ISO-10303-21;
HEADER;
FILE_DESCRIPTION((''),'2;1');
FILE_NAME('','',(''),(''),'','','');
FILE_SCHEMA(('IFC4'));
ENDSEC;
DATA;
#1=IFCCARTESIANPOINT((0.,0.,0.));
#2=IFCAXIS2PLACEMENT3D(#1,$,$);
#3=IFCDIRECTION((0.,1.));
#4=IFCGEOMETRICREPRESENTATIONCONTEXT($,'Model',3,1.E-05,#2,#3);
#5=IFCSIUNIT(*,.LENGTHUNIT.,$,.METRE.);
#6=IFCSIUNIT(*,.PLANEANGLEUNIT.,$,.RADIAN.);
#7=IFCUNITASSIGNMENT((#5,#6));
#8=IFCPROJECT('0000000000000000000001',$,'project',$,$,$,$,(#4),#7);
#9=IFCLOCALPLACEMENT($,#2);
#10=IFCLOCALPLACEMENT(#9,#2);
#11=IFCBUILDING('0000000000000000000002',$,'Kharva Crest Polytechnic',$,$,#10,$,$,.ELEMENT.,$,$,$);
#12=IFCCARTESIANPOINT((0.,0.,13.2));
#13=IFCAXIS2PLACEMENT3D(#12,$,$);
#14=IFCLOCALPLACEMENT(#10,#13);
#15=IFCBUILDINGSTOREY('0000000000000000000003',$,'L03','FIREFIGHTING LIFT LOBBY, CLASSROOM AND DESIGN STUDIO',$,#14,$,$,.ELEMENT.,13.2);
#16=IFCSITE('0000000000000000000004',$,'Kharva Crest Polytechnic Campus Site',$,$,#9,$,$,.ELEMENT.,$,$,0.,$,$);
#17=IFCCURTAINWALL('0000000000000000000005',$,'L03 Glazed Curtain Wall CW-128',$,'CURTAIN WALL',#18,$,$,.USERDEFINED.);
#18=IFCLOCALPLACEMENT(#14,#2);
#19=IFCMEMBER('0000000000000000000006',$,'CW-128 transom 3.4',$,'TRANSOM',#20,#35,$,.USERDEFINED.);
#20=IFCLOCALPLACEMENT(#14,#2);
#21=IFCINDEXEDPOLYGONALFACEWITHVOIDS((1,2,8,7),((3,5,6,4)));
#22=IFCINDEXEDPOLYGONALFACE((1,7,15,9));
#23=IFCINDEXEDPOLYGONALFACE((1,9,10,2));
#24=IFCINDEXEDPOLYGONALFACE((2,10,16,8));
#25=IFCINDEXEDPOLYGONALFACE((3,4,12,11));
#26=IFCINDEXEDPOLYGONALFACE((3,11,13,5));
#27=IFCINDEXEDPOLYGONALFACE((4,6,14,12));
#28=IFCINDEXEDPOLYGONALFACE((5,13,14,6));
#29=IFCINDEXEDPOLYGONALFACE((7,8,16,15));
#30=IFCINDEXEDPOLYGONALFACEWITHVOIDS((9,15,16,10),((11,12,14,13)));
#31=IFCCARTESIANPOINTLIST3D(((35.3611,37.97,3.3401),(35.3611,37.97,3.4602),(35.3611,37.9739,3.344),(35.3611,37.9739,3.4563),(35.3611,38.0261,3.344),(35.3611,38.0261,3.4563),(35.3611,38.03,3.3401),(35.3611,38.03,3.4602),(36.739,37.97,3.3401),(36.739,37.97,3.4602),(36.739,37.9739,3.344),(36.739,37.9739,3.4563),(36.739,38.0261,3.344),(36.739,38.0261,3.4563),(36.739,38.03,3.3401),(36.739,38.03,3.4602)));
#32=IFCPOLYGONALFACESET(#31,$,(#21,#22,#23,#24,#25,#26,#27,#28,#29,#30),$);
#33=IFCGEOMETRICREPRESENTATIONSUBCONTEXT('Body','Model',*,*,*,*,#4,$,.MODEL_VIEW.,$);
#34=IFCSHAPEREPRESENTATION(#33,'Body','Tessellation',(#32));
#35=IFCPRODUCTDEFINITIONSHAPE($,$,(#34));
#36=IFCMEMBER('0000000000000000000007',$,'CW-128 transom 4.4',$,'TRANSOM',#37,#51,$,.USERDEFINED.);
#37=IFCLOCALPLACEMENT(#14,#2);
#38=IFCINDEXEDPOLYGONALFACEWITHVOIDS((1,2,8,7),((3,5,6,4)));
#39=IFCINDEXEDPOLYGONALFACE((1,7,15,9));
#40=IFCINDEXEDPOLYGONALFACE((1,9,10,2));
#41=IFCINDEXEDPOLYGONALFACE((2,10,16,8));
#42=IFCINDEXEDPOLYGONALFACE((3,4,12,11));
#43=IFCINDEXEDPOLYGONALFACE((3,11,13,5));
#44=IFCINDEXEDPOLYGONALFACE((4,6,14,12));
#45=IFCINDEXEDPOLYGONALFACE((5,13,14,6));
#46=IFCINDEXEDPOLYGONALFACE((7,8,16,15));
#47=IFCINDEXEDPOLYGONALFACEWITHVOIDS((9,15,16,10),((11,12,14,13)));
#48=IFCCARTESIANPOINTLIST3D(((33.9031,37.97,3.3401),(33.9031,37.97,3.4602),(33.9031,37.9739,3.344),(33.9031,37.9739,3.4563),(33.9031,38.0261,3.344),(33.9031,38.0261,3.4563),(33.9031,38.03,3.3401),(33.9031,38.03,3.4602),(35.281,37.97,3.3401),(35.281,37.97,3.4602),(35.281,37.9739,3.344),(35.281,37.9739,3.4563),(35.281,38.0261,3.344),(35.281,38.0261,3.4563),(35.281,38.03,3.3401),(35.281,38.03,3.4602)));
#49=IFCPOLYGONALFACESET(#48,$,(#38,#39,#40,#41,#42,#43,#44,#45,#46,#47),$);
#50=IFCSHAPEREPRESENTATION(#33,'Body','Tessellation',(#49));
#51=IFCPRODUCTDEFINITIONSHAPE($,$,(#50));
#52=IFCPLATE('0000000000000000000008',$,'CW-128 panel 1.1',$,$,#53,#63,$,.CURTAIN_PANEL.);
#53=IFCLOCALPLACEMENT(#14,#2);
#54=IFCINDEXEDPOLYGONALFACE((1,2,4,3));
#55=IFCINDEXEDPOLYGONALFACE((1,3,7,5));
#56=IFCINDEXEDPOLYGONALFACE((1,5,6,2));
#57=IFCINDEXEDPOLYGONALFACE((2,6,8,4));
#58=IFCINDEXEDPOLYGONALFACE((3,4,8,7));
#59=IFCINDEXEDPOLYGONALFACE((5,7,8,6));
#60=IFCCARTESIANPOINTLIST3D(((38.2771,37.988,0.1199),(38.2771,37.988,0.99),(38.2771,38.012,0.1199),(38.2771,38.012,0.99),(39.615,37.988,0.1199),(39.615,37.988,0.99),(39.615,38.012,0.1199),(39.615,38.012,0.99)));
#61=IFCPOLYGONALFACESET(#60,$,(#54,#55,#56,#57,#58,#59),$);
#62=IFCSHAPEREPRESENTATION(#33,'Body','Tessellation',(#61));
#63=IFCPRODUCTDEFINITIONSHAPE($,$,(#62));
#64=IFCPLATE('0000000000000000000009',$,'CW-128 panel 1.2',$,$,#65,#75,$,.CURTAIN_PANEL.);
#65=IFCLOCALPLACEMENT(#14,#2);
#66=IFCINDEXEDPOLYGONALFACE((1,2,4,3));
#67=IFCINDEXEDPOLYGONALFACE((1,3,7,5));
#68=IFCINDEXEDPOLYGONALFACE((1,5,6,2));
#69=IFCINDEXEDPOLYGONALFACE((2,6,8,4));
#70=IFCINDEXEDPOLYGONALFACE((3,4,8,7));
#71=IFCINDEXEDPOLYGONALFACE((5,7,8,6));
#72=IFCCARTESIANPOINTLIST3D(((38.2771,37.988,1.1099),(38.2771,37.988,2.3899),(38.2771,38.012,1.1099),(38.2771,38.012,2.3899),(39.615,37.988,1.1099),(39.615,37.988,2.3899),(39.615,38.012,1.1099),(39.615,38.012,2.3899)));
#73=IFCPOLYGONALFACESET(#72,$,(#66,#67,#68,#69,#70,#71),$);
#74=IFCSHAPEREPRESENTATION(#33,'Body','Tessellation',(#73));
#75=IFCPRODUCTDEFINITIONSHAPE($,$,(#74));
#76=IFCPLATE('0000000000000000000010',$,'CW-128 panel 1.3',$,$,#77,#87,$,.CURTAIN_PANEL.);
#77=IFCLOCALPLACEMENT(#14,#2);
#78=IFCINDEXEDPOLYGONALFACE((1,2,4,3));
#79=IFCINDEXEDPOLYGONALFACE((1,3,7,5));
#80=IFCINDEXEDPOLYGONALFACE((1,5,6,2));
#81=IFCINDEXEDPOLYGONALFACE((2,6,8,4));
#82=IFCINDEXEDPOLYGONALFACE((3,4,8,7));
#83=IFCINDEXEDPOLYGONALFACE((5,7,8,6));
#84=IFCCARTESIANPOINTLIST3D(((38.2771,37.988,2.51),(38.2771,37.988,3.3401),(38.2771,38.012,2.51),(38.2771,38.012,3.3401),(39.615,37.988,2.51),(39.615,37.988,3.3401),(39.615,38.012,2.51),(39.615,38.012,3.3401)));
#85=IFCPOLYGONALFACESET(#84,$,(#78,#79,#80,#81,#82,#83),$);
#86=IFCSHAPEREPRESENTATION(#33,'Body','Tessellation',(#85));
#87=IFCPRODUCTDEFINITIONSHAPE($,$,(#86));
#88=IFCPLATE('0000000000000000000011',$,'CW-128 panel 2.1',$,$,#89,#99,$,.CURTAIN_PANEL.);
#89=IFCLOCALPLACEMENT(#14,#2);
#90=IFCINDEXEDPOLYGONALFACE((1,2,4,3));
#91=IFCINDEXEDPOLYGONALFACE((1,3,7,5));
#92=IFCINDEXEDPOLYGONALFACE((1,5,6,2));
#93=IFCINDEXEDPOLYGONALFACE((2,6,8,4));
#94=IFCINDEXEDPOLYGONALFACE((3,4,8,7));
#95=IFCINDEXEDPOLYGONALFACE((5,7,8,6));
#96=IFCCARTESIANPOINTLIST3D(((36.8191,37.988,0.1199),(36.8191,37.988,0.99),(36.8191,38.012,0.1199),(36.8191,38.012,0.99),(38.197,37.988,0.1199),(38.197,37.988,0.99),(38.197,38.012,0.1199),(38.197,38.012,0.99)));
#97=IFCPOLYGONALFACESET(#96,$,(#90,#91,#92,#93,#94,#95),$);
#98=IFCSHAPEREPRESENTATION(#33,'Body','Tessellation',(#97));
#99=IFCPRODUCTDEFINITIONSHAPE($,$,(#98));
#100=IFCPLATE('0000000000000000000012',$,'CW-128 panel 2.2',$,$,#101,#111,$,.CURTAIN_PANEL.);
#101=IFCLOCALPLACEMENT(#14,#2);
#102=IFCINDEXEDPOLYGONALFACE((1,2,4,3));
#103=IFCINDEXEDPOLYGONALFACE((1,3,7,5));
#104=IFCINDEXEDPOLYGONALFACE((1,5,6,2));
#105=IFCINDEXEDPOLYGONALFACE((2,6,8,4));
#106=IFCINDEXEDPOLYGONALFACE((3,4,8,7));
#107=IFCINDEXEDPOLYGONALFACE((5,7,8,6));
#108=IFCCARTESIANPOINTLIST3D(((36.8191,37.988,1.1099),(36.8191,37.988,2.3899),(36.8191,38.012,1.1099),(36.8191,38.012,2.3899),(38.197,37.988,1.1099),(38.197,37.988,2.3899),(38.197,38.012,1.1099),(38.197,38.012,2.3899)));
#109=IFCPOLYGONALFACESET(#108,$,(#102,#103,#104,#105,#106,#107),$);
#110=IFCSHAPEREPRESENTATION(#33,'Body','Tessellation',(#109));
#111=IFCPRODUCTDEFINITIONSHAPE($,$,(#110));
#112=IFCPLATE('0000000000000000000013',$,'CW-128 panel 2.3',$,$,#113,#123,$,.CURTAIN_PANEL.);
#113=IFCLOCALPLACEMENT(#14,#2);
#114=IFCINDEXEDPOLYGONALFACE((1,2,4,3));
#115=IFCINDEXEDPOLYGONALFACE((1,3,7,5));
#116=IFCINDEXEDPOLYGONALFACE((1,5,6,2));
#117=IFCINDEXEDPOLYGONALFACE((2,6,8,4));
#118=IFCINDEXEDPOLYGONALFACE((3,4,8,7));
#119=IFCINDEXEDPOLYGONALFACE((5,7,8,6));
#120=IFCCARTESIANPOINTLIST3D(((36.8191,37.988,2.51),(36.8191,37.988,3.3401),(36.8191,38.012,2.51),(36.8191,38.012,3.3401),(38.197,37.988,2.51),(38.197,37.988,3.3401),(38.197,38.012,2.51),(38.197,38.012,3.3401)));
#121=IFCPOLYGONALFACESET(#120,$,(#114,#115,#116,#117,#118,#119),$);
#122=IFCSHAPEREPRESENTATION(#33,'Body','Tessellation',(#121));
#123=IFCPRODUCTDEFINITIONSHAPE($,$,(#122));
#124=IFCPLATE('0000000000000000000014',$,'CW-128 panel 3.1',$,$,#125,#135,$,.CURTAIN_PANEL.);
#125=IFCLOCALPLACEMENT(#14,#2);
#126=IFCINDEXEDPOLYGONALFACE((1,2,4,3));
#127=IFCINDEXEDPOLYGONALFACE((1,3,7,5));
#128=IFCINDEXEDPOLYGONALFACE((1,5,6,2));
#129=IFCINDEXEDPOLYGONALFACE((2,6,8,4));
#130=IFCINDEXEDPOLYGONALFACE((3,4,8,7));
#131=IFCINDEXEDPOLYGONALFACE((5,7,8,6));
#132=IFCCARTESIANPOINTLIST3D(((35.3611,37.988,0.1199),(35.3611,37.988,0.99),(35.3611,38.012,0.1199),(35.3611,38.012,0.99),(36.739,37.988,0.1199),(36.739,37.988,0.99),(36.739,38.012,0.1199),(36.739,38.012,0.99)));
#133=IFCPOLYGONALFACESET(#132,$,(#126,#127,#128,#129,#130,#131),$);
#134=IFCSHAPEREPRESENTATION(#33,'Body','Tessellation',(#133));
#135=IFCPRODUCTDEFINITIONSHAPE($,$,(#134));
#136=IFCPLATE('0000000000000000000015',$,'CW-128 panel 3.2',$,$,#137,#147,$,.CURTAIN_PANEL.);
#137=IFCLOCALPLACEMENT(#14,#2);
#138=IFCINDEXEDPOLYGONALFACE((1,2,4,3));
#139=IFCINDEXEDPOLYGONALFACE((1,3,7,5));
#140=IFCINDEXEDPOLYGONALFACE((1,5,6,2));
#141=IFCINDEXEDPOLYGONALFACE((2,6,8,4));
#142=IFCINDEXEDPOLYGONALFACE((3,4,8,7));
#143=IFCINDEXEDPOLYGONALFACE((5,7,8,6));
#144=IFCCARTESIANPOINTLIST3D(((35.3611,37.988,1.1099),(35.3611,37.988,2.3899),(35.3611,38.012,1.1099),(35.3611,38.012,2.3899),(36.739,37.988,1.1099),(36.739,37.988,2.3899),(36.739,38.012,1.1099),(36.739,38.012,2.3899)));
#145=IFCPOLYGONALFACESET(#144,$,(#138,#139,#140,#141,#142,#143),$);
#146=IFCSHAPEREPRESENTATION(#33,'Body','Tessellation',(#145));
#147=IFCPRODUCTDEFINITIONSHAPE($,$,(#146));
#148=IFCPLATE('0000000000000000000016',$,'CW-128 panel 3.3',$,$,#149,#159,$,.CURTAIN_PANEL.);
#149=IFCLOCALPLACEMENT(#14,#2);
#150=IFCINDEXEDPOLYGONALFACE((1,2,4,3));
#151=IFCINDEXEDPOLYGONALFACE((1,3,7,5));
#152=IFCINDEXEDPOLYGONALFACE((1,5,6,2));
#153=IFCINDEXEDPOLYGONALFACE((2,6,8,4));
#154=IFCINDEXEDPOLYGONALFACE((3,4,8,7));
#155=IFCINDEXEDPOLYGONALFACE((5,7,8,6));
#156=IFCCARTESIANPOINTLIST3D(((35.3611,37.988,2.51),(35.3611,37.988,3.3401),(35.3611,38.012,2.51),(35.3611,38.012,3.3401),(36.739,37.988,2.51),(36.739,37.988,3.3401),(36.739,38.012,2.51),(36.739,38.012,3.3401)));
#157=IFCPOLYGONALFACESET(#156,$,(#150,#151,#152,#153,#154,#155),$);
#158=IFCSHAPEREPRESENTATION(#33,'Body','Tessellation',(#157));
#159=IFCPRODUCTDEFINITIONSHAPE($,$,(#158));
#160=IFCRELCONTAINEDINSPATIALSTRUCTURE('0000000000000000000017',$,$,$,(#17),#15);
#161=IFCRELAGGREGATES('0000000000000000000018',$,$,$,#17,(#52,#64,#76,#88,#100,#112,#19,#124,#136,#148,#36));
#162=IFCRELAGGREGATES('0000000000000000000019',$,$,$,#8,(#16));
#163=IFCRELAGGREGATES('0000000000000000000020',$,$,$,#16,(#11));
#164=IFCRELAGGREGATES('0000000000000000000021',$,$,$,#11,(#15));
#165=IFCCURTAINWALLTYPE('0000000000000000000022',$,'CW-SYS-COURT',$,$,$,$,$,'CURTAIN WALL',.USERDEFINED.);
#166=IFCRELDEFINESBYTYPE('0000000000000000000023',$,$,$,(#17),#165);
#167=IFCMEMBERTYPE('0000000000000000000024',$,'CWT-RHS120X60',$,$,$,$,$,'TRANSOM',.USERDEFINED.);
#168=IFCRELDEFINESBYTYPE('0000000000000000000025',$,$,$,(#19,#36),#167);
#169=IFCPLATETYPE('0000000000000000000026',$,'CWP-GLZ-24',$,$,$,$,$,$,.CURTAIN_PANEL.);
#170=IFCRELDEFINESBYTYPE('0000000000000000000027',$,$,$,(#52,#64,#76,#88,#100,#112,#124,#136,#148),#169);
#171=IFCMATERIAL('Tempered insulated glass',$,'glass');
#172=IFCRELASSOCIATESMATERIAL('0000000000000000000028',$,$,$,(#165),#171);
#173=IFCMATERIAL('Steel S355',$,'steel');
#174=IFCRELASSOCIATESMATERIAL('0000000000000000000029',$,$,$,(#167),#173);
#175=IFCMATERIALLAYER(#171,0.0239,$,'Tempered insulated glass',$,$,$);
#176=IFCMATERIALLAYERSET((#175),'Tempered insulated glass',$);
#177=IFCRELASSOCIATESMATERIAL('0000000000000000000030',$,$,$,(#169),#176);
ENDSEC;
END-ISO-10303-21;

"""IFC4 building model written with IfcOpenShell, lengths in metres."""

from ifc_helpers import new_model, si_unit, direction, frame, origin, origin_2d, place, context, subcontext, project, spatial, rectangle, hollow_rectangle, extrude, material, layer, layer_set, material_profile, profile_set, type_object, element, aggregate, save


model = new_model("IFC4")

# Units and contexts
model_context = context("Model", 3, precision=1e-05, world=origin(), true_north=direction((0.0, 1.0)))
body_context = subcontext(model_context, "Body", "Model", "MODEL_VIEW")
ifc_project = project(units=[si_unit("LENGTHUNIT", "METRE"), si_unit("PLANEANGLEUNIT", "RADIAN")], contexts=[model_context])

# Site, building, storey
site_placement = place(None, origin())
site = spatial("IfcSite", under=ifc_project, at=site_placement, Name="Kharva Crest Polytechnic Campus Site", CompositionType="ELEMENT", RefElevation=0.0)
building_placement = place(site_placement, origin())
building = spatial("IfcBuilding", under=site, at=building_placement, Name="Kharva Crest Polytechnic", CompositionType="ELEMENT")
storey_placement = place(building_placement, frame((0.0, 0.0, 13.2)))
storey = spatial("IfcBuildingStorey", under=building, at=storey_placement, Name="L03", Description="FIREFIGHTING LIFT LOBBY, CLASSROOM AND DESIGN STUDIO", CompositionType="ELEMENT", Elevation=13.2)

# Curtain wall, members, plates
ifc_material_1 = material(Name="Tempered insulated glass", Category="glass")
curtain_wall_type = type_object("IfcCurtainWallType", Name="CW-SYS-COURT", ElementType="CURTAIN WALL", PredefinedType="USERDEFINED", material=ifc_material_1)
curtain_wall_placement = place(storey_placement, origin())
curtain_wall = element("IfcCurtainWall", 1, at=curtain_wall_placement, inside=storey, type_object=curtain_wall_type, Name="L03 Glazed Curtain Wall CW-128", ObjectType="CURTAIN WALL", PredefinedType="USERDEFINED")
ifc_material_2 = material(Name="Steel S355", Category="steel")
ifc_material_profile_1 = material_profile(ifc_material_2, hollow_rectangle(XDim=0.0601, YDim=0.1201, WallThickness=0.0039, at=origin_2d()), Name="RHS 120X60X4.0")
ifc_profile_set_1 = profile_set([ifc_material_profile_1], Name="Steel S355")
member_type_1 = type_object("IfcMemberType", Name="CWT-RHS120X60", ElementType="TRANSOM", PredefinedType="USERDEFINED", material=ifc_profile_set_1)
member_1_placement = place(storey_placement, frame((36.739, 38.0, 3.4001), z_axis=(-1.0, 0.0, 0.0), x_axis=(0.0, -1.0, 0.0)))
member_1 = element("IfcMember", 2, at=member_1_placement, type_object=member_type_1, Name="CW-128 transom 3.4", ObjectType="TRANSOM", PredefinedType="USERDEFINED", context=body_context, shape_type="SweptSolid", body=[
    extrude(hollow_rectangle(XDim=0.0601, YDim=0.1201, WallThickness=0.0039, at=origin_2d()), origin(), (0.0, 0.0, 1.0), 1.3779),
])
member_2_placement = place(storey_placement, frame((35.281, 38.0, 3.4001), z_axis=(-1.0, 0.0, 0.0), x_axis=(0.0, -1.0, 0.0)))
member_2 = element("IfcMember", 3, at=member_2_placement, type_object=member_type_1, Name="CW-128 transom 4.4", ObjectType="TRANSOM", PredefinedType="USERDEFINED", context=body_context, shape_type="SweptSolid", body=[
    extrude(hollow_rectangle(XDim=0.0601, YDim=0.1201, WallThickness=0.0039, at=origin_2d()), origin(), (0.0, 0.0, 1.0), 1.3779),
])
ifc_layer = layer(ifc_material_1, 0.0239, Name="Tempered insulated glass")
ifc_layer_set = layer_set([ifc_layer], Name="Tempered insulated glass")
plate_type = type_object("IfcPlateType", Name="CWP-GLZ-24", PredefinedType="CURTAIN_PANEL", material=ifc_layer_set)
plate_1_placement = place(storey_placement, frame((38.946, 38.0, 0.1199), z_axis=(0.0, 0.0, 1.0), x_axis=(-1.0, 0.0, 0.0)))
plate_1 = element("IfcPlate", 4, at=plate_1_placement, type_object=plate_type, Name="CW-128 panel 1.1", PredefinedType="CURTAIN_PANEL", context=body_context, shape_type="SweptSolid", body=[
    extrude(rectangle(XDim=1.3379, YDim=0.0239, at=origin_2d()), origin(), (0.0, 0.0, 1.0), 0.8701),
])
plate_2_placement = place(storey_placement, frame((38.946, 38.0, 1.1099), z_axis=(0.0, 0.0, 1.0), x_axis=(-1.0, 0.0, 0.0)))
plate_2 = element("IfcPlate", 5, at=plate_2_placement, type_object=plate_type, Name="CW-128 panel 1.2", PredefinedType="CURTAIN_PANEL", context=body_context, shape_type="SweptSolid", body=[
    extrude(rectangle(XDim=1.3379, YDim=0.0239, at=origin_2d()), origin(), (0.0, 0.0, 1.0), 1.28),
])
plate_3_placement = place(storey_placement, frame((38.946, 38.0, 2.51), z_axis=(0.0, 0.0, 1.0), x_axis=(-1.0, 0.0, 0.0)))
plate_3 = element("IfcPlate", 6, at=plate_3_placement, type_object=plate_type, Name="CW-128 panel 1.3", PredefinedType="CURTAIN_PANEL", context=body_context, shape_type="SweptSolid", body=[
    extrude(rectangle(XDim=1.3379, YDim=0.0239, at=origin_2d()), origin(), (0.0, 0.0, 1.0), 0.8301),
])
plate_4_placement = place(storey_placement, frame((37.5081, 38.0, 0.1199), z_axis=(0.0, 0.0, 1.0), x_axis=(-1.0, 0.0, 0.0)))
plate_4 = element("IfcPlate", 7, at=plate_4_placement, type_object=plate_type, Name="CW-128 panel 2.1", PredefinedType="CURTAIN_PANEL", context=body_context, shape_type="SweptSolid", body=[
    extrude(rectangle(XDim=1.3779, YDim=0.0239, at=origin_2d()), origin(), (0.0, 0.0, 1.0), 0.8701),
])
plate_5_placement = place(storey_placement, frame((37.5081, 38.0, 1.1099), z_axis=(0.0, 0.0, 1.0), x_axis=(-1.0, 0.0, 0.0)))
plate_5 = element("IfcPlate", 8, at=plate_5_placement, type_object=plate_type, Name="CW-128 panel 2.2", PredefinedType="CURTAIN_PANEL", context=body_context, shape_type="SweptSolid", body=[
    extrude(rectangle(XDim=1.3779, YDim=0.0239, at=origin_2d()), origin(), (0.0, 0.0, 1.0), 1.28),
])
plate_6_placement = place(storey_placement, frame((37.5081, 38.0, 2.51), z_axis=(0.0, 0.0, 1.0), x_axis=(-1.0, 0.0, 0.0)))
plate_6 = element("IfcPlate", 9, at=plate_6_placement, type_object=plate_type, Name="CW-128 panel 2.3", PredefinedType="CURTAIN_PANEL", context=body_context, shape_type="SweptSolid", body=[
    extrude(rectangle(XDim=1.3779, YDim=0.0239, at=origin_2d()), origin(), (0.0, 0.0, 1.0), 0.8301),
])
plate_7_placement = place(storey_placement, frame((36.05, 38.0, 0.1199), z_axis=(0.0, 0.0, 1.0), x_axis=(-1.0, 0.0, 0.0)))
plate_7 = element("IfcPlate", 10, at=plate_7_placement, type_object=plate_type, Name="CW-128 panel 3.1", PredefinedType="CURTAIN_PANEL", context=body_context, shape_type="SweptSolid", body=[
    extrude(rectangle(XDim=1.3779, YDim=0.0239, at=origin_2d()), origin(), (0.0, 0.0, 1.0), 0.8701),
])
plate_8_placement = place(storey_placement, frame((36.05, 38.0, 1.1099), z_axis=(0.0, 0.0, 1.0), x_axis=(-1.0, 0.0, 0.0)))
plate_8 = element("IfcPlate", 11, at=plate_8_placement, type_object=plate_type, Name="CW-128 panel 3.2", PredefinedType="CURTAIN_PANEL", context=body_context, shape_type="SweptSolid", body=[
    extrude(rectangle(XDim=1.3779, YDim=0.0239, at=origin_2d()), origin(), (0.0, 0.0, 1.0), 1.28),
])
plate_9_placement = place(storey_placement, frame((36.05, 38.0, 2.51), z_axis=(0.0, 0.0, 1.0), x_axis=(-1.0, 0.0, 0.0)))
plate_9 = element("IfcPlate", 12, at=plate_9_placement, type_object=plate_type, Name="CW-128 panel 3.3", PredefinedType="CURTAIN_PANEL", context=body_context, shape_type="SweptSolid", body=[
    extrude(rectangle(XDim=1.3779, YDim=0.0239, at=origin_2d()), origin(), (0.0, 0.0, 1.0), 0.8301),
])
aggregate(curtain_wall, [plate_1, plate_2, plate_3, plate_4, plate_5, plate_6, member_1, plate_7, plate_8, plate_9, member_2])

save(model, "model.ifc")
